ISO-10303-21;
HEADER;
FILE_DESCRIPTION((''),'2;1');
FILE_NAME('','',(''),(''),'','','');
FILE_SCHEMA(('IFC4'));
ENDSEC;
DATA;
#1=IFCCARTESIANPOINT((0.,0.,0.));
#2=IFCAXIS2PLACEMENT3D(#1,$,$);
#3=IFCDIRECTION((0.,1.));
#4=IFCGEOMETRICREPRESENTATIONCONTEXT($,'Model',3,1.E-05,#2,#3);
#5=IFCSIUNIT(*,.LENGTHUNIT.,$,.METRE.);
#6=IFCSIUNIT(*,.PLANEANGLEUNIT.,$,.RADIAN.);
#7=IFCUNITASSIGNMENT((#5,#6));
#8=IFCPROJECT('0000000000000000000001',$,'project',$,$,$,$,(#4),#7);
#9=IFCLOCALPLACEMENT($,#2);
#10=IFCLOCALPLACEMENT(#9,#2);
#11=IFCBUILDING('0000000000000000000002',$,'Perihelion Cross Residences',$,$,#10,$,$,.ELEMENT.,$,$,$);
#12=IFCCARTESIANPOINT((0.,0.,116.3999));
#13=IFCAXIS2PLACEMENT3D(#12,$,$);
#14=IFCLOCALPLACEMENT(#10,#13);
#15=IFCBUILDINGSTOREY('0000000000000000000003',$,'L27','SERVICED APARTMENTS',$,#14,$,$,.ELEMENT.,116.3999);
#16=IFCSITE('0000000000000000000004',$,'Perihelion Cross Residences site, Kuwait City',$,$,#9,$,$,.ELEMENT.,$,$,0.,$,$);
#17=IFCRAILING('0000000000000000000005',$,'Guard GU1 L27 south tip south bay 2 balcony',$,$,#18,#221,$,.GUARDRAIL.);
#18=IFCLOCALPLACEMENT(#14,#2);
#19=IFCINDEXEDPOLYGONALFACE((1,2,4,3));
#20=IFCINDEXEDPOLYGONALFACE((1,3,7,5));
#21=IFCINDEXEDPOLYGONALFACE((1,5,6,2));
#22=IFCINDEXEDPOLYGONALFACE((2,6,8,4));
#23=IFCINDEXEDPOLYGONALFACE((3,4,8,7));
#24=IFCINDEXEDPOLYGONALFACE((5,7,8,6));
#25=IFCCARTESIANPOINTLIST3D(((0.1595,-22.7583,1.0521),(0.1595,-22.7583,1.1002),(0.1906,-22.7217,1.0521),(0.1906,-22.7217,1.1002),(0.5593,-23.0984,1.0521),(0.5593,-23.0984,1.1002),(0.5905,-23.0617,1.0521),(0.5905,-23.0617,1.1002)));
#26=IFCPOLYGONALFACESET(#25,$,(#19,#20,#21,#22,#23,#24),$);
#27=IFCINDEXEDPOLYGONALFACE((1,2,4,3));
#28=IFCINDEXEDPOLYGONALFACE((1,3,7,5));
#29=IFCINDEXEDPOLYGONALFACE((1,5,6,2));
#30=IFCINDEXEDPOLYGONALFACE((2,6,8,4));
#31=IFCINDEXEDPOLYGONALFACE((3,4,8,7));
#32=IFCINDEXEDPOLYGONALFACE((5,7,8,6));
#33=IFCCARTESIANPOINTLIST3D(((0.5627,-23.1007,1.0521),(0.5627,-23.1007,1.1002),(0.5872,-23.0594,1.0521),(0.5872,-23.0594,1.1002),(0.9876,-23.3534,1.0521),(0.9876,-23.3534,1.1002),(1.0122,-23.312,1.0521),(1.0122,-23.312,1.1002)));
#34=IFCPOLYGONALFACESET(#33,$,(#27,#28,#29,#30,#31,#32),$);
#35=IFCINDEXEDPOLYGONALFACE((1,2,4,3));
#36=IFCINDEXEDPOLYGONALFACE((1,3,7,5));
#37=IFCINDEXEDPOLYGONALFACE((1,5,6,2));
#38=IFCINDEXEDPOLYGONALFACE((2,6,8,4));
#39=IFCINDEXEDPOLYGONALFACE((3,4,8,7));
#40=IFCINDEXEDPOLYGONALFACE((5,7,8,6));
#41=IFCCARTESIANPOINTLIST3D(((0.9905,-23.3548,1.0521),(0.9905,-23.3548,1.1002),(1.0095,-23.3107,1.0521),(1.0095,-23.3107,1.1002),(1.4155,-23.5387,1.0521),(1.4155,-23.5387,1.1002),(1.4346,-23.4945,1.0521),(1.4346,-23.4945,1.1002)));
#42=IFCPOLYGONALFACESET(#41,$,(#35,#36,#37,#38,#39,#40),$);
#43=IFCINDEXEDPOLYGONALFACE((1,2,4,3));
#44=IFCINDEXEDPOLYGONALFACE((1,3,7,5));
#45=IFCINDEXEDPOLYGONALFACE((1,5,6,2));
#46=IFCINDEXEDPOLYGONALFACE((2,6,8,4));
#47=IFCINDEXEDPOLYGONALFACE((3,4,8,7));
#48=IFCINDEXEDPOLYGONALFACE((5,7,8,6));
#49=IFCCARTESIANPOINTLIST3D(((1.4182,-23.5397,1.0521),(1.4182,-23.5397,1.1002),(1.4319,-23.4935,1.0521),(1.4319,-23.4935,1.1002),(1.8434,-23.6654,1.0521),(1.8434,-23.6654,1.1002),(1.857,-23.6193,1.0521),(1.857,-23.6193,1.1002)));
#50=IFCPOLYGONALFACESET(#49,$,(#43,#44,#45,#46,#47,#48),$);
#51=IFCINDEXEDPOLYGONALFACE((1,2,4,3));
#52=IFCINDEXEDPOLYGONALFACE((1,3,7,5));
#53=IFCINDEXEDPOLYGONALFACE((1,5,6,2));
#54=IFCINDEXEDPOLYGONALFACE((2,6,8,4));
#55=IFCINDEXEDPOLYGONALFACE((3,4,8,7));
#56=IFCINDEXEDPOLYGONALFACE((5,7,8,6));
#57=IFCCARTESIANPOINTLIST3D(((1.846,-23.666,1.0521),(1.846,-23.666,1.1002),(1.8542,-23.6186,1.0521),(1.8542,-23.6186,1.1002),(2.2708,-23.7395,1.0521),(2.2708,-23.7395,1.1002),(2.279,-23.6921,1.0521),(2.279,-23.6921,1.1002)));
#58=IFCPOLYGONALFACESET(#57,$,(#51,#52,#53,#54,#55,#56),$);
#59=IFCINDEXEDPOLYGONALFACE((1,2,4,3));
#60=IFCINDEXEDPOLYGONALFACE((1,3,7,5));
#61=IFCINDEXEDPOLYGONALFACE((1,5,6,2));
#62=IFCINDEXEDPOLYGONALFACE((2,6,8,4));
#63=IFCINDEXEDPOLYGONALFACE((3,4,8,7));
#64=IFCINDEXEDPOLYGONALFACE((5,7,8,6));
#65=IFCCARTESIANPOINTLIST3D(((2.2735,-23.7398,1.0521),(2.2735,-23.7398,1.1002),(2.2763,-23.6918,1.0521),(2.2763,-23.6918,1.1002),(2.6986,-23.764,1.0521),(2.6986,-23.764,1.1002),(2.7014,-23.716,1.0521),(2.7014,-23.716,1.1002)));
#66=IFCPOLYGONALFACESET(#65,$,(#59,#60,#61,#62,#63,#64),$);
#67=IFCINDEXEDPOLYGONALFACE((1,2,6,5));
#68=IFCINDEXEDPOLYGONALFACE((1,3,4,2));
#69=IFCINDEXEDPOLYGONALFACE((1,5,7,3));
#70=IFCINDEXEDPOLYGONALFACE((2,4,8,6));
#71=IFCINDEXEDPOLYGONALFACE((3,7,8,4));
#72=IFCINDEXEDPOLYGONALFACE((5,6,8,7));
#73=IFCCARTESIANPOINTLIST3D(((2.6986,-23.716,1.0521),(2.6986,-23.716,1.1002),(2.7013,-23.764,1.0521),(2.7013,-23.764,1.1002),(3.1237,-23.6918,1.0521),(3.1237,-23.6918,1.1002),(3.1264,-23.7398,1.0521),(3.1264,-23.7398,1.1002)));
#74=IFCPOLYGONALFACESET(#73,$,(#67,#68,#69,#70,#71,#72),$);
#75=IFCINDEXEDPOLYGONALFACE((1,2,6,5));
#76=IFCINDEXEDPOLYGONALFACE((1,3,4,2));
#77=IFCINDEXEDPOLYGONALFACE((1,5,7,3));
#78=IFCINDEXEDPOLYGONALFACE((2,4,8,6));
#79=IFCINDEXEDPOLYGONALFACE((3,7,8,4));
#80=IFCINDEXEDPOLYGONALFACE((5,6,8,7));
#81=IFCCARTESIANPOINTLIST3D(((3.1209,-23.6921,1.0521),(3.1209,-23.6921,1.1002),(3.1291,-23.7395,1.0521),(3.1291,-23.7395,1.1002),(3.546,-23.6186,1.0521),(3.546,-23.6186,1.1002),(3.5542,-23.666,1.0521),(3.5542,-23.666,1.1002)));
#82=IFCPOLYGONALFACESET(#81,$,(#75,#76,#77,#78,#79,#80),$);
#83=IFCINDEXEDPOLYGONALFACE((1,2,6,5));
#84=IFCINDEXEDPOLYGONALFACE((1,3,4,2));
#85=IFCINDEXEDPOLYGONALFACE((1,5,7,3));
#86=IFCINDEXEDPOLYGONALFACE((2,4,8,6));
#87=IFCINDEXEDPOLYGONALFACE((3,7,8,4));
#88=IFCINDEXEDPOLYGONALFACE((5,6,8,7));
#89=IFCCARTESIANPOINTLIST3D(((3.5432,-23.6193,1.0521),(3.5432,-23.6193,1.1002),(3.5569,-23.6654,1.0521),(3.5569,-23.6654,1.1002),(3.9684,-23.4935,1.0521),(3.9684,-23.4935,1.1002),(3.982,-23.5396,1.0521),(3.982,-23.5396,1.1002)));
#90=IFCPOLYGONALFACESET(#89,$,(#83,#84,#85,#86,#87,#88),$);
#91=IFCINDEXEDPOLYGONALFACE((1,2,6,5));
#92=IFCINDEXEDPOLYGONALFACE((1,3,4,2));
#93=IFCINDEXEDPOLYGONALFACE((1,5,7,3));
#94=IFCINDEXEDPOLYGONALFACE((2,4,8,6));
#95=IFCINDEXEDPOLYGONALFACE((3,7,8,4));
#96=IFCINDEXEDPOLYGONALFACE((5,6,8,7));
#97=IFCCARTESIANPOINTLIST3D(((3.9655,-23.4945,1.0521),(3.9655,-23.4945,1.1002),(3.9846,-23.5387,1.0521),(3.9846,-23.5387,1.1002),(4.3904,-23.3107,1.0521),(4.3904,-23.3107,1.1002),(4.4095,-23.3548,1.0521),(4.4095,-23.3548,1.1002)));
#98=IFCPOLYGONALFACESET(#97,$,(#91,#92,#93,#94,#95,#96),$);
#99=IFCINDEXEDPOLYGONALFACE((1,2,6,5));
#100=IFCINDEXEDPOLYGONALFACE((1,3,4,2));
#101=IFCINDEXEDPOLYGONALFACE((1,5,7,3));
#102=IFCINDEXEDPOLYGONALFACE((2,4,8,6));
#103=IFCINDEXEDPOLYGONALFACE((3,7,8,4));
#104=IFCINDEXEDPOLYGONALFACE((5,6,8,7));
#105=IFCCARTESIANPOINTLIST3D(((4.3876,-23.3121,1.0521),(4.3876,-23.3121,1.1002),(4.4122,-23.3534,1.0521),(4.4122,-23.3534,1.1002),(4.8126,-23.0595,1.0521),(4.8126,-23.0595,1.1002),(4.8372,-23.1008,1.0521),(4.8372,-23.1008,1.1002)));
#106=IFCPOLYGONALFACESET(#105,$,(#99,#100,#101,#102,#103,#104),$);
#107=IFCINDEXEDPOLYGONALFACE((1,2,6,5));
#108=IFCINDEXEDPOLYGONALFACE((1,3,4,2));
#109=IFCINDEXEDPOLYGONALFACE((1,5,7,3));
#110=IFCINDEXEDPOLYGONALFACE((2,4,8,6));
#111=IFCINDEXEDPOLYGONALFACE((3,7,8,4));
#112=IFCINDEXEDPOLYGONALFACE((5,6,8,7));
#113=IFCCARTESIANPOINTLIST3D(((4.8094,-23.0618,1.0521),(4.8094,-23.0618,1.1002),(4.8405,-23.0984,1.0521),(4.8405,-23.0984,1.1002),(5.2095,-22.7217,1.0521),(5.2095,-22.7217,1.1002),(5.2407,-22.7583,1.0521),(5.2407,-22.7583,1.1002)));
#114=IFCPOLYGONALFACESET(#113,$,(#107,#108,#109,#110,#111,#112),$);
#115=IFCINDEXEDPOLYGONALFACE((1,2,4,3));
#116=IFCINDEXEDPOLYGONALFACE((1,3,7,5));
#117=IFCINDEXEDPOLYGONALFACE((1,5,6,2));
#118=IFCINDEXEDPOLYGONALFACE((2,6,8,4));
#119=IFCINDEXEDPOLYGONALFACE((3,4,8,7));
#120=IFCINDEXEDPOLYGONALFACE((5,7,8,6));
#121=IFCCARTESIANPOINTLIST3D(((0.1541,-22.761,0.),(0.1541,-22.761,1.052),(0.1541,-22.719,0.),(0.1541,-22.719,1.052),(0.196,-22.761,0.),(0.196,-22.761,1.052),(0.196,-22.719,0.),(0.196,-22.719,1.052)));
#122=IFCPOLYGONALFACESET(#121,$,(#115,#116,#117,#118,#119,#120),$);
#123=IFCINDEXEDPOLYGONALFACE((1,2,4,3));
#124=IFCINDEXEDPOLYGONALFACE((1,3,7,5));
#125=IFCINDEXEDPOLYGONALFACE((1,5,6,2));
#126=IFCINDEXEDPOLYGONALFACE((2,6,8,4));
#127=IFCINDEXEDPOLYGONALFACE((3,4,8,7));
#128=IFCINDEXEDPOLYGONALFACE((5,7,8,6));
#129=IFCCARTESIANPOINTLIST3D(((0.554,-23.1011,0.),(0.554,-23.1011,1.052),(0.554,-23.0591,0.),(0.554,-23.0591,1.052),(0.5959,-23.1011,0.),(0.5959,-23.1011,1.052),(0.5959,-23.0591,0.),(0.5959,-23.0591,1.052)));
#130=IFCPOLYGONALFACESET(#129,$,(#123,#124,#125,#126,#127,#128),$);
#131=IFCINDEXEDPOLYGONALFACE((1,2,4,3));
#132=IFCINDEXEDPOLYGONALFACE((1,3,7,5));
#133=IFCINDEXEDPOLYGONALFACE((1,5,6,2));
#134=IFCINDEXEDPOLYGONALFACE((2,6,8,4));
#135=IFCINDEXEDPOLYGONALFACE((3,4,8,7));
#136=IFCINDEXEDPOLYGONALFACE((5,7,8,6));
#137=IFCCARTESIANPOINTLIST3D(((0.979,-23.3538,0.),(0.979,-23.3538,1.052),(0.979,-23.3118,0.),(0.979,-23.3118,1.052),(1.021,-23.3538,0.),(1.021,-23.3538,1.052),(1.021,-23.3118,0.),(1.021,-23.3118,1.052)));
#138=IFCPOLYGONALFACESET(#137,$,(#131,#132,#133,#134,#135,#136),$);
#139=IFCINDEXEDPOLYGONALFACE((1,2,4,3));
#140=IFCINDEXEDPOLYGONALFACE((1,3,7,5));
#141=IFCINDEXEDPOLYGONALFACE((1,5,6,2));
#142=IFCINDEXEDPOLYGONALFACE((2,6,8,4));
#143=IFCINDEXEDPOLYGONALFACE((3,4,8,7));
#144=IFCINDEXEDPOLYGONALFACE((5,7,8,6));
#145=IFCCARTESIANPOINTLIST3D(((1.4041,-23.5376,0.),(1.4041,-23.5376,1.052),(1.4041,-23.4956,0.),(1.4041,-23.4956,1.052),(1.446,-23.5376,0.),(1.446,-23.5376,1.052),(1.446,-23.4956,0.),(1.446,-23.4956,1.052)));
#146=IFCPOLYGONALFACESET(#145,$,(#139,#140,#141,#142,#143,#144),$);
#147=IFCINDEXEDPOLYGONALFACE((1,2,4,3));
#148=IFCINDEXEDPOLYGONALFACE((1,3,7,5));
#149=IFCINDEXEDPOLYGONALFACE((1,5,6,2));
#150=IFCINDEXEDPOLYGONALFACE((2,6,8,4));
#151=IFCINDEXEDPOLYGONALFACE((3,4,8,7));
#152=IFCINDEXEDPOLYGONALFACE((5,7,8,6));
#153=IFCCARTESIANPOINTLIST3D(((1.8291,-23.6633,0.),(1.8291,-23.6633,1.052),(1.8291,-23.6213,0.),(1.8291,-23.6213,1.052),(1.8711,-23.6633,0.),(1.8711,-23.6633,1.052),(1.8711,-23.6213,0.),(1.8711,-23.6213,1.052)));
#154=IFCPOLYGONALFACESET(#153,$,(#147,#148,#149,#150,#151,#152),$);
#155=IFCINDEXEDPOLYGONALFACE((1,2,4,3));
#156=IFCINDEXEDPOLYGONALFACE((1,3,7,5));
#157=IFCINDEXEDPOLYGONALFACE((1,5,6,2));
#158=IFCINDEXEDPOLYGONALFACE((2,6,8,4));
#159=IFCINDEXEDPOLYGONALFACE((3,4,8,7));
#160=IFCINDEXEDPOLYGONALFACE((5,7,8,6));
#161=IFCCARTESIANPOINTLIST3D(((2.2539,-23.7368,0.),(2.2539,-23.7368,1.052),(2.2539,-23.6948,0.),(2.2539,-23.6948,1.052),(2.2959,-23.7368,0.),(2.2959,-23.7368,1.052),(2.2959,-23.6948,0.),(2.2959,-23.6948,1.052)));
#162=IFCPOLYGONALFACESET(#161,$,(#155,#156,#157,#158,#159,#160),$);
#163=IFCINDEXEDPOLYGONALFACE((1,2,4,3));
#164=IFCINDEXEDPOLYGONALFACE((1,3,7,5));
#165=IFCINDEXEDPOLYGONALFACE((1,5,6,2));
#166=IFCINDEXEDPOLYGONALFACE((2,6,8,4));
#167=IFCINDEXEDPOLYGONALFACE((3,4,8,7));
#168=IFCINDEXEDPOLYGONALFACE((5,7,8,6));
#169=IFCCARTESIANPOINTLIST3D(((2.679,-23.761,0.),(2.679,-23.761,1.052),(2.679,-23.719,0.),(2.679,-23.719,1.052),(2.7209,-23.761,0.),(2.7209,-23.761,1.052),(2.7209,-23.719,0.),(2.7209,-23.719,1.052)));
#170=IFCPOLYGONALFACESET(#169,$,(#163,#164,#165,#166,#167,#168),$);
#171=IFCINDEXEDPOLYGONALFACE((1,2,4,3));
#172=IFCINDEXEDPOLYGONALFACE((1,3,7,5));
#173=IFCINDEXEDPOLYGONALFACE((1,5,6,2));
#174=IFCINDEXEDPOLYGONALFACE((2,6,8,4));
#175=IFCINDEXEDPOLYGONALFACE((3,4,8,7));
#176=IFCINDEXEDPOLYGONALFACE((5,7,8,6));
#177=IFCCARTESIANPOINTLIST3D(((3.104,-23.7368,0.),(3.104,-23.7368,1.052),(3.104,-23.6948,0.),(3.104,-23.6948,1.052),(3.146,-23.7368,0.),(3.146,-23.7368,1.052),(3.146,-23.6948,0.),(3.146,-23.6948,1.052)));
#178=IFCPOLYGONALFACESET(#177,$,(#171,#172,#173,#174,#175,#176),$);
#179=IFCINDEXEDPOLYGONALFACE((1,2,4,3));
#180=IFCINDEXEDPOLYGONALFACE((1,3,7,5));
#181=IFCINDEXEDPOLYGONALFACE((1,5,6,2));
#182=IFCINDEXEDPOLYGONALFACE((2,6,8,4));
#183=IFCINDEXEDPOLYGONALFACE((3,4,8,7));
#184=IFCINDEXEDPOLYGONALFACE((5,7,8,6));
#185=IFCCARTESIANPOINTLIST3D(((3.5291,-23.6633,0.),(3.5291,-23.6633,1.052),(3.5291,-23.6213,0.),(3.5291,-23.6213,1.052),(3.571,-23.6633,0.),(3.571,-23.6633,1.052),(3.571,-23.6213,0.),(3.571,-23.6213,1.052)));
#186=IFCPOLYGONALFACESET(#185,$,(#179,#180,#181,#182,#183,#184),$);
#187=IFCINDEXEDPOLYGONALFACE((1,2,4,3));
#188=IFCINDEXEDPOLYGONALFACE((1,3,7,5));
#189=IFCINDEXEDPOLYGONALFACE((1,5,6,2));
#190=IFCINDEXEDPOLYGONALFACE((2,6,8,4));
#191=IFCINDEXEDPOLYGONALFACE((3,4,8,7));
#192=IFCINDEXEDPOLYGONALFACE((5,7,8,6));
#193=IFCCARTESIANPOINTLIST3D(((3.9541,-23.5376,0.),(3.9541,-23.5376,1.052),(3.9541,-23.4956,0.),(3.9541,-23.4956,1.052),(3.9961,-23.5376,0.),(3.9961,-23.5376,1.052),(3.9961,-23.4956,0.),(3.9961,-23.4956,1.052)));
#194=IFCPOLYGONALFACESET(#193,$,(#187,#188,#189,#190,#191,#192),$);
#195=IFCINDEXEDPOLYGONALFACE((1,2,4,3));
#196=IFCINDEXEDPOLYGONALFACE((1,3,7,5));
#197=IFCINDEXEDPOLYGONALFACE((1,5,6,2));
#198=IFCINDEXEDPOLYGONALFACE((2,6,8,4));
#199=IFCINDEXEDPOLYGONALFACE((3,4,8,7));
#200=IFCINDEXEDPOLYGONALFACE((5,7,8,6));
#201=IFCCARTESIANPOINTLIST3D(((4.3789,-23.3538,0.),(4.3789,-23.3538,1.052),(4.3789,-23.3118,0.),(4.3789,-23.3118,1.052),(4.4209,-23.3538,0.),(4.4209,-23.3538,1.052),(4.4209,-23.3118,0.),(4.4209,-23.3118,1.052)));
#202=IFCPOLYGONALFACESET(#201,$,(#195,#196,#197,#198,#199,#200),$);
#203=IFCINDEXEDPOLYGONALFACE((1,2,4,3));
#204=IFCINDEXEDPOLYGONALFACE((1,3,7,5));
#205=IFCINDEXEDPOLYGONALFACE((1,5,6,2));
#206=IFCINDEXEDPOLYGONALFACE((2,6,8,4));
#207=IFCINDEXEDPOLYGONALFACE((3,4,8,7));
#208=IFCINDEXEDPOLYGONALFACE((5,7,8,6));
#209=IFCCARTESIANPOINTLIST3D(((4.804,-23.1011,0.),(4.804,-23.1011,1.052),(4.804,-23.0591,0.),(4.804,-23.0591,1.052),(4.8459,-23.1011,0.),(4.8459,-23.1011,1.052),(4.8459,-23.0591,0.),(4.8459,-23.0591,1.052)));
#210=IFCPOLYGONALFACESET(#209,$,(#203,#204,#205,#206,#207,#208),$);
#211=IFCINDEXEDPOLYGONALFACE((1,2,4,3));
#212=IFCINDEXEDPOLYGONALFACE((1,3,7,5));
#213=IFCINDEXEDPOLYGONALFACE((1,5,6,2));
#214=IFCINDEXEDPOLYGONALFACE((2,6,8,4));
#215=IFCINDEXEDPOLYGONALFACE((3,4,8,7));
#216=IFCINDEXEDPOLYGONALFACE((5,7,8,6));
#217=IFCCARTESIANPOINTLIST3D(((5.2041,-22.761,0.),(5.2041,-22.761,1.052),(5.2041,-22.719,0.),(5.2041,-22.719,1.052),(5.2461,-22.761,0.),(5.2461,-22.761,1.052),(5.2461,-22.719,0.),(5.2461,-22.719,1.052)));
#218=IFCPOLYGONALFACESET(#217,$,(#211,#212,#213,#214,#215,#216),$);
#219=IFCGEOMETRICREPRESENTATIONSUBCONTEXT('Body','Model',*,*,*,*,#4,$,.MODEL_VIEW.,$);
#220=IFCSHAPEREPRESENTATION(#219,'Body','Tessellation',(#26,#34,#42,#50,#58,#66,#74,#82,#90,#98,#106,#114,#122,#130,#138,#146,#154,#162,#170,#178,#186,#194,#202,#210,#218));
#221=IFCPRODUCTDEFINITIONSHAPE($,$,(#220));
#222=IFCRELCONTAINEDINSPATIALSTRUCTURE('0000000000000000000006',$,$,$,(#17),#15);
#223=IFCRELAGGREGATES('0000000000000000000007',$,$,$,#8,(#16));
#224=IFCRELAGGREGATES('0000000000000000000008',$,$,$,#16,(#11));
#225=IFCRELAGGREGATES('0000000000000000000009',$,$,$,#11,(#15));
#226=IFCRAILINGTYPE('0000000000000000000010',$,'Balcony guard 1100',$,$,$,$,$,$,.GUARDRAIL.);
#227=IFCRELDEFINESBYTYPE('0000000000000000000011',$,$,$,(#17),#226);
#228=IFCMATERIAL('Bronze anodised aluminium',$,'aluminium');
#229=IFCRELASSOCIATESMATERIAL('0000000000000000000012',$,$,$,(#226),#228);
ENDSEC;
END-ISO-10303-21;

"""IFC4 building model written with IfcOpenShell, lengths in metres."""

from ifc_helpers import new_model, si_unit, direction, frame, origin, origin_2d, place, context, subcontext, project, spatial, rectangle, extrude, material, type_object, element, save


model = new_model("IFC4")

# Units and contexts
model_context = context("Model", 3, precision=1e-05, world=origin(), true_north=direction((0.0, 1.0)))
body_context = subcontext(model_context, "Body", "Model", "MODEL_VIEW")
ifc_project = project(units=[si_unit("LENGTHUNIT", "METRE"), si_unit("PLANEANGLEUNIT", "RADIAN")], contexts=[model_context])

# Site, building, storey
site_placement = place(None, origin())
site = spatial("IfcSite", under=ifc_project, at=site_placement, Name="Perihelion Cross Residences site, Kuwait City", CompositionType="ELEMENT", RefElevation=0.0)
building_placement = place(site_placement, origin())
building = spatial("IfcBuilding", under=site, at=building_placement, Name="Perihelion Cross Residences", CompositionType="ELEMENT")
storey_placement = place(building_placement, frame((0.0, 0.0, 116.3999)))
storey = spatial("IfcBuildingStorey", under=building, at=storey_placement, Name="L27", Description="SERVICED APARTMENTS", CompositionType="ELEMENT", Elevation=116.3999)

# Railing
ifc_material_1 = material(Name="Bronze anodised aluminium", Category="aluminium")
railing_type = type_object("IfcRailingType", Name="Balcony guard 1100", PredefinedType="GUARDRAIL", material=ifc_material_1)
railing_placement = place(storey_placement, frame((0.175, -22.74, 0.0)))
element("IfcRailing", 1, at=railing_placement, inside=storey, type_object=railing_type, Name="Guard GU1 L27 south tip south bay 2 balcony", PredefinedType="GUARDRAIL", context=body_context, shape_type="SweptSolid", body=[
    extrude(rectangle(XDim=0.0481, YDim=0.0481, at=origin_2d()), frame((0.0, 0.0, 1.0762), z_axis=(0.761779, -0.647837, 0.0), x_axis=(0.647837, 0.761779, 0.0)), (0.0, 0.0, 1.0), 0.5249),
    extrude(rectangle(XDim=0.0481, YDim=0.0481, at=origin_2d()), frame((0.3999, -0.3401, 1.0762), z_axis=(0.859577, -0.511006, 0.0), x_axis=(0.511006, 0.859577, 0.0)), (0.0, 0.0, 1.0), 0.4944),
    extrude(rectangle(XDim=0.0481, YDim=0.0481, at=origin_2d()), frame((0.825, -0.5928, 1.0762), z_axis=(0.917831, -0.396971, 0.0), x_axis=(0.396971, 0.917831, 0.0)), (0.0, 0.0, 1.0), 0.4631),
    extrude(rectangle(XDim=0.0481, YDim=0.0481, at=origin_2d()), frame((1.25, -0.7766, 1.0762), z_axis=(0.958926, -0.283657, 0.0), x_axis=(0.283657, 0.958926, 0.0)), (0.0, 0.0, 1.0), 0.4434),
    extrude(rectangle(XDim=0.0481, YDim=0.0481, at=origin_2d()), frame((1.675, -0.9023, 1.0762), z_axis=(0.985365, -0.170457, 0.0), x_axis=(0.170457, 0.985365, 0.0)), (0.0, 0.0, 1.0), 0.4312),
    extrude(rectangle(XDim=0.0481, YDim=0.0481, at=origin_2d()), frame((2.0999, -0.9758, 1.0762), z_axis=(0.998387, -0.056772, 0.0), x_axis=(0.056772, 0.998387, 0.0)), (0.0, 0.0, 1.0), 0.4258),
    extrude(rectangle(XDim=0.0481, YDim=0.0481, at=origin_2d()), frame((2.5249, -1.0, 1.0762), z_axis=(0.998387, 0.056772, 0.0), x_axis=(-0.056772, 0.998387, 0.0)), (0.0, 0.0, 1.0), 0.4258),
    extrude(rectangle(XDim=0.0481, YDim=0.0481, at=origin_2d()), frame((2.95, -0.9758, 1.0762), z_axis=(0.985382, 0.170362, 0.0), x_axis=(-0.170362, 0.985382, 0.0)), (0.0, 0.0, 1.0), 0.4314),
    extrude(rectangle(XDim=0.0481, YDim=0.0481, at=origin_2d()), frame((3.375, -0.9023, 1.0762), z_axis=(0.958926, 0.283657, 0.0), x_axis=(-0.283657, 0.958926, 0.0)), (0.0, 0.0, 1.0), 0.4434),
    extrude(rectangle(XDim=0.0481, YDim=0.0481, at=origin_2d()), frame((3.8, -0.7766, 1.0762), z_axis=(0.917748, 0.397163, 0.0), x_axis=(-0.397163, 0.917748, 0.0)), (0.0, 0.0, 1.0), 0.4629),
    extrude(rectangle(XDim=0.0481, YDim=0.0481, at=origin_2d()), frame((4.2249, -0.5928, 1.0762), z_axis=(0.859577, 0.511006, 0.0), x_axis=(-0.511006, 0.859577, 0.0)), (0.0, 0.0, 1.0), 0.4944),
    extrude(rectangle(XDim=0.0481, YDim=0.0481, at=origin_2d()), frame((4.6499, -0.3401, 1.0762), z_axis=(0.761974, 0.647608, 0.0), x_axis=(-0.647608, 0.761974, 0.0)), (0.0, 0.0, 1.0), 0.5251),
    extrude(rectangle(XDim=0.042, YDim=0.042, at=origin_2d()), origin(), (0.0, 0.0, 1.0), 1.052),
    extrude(rectangle(XDim=0.042, YDim=0.042, at=origin_2d()), frame((0.3999, -0.3401, 0.0)), (0.0, 0.0, 1.0), 1.052),
    extrude(rectangle(XDim=0.042, YDim=0.042, at=origin_2d()), frame((0.825, -0.5928, 0.0)), (0.0, 0.0, 1.0), 1.052),
    extrude(rectangle(XDim=0.042, YDim=0.042, at=origin_2d()), frame((1.25, -0.7766, 0.0)), (0.0, 0.0, 1.0), 1.052),
    extrude(rectangle(XDim=0.042, YDim=0.042, at=origin_2d()), frame((1.675, -0.9023, 0.0)), (0.0, 0.0, 1.0), 1.052),
    extrude(rectangle(XDim=0.042, YDim=0.042, at=origin_2d()), frame((2.0999, -0.9758, 0.0)), (0.0, 0.0, 1.0), 1.052),
    extrude(rectangle(XDim=0.042, YDim=0.042, at=origin_2d()), frame((2.5249, -1.0, 0.0)), (0.0, 0.0, 1.0), 1.052),
    extrude(rectangle(XDim=0.042, YDim=0.042, at=origin_2d()), frame((2.95, -0.9758, 0.0)), (0.0, 0.0, 1.0), 1.052),
    extrude(rectangle(XDim=0.042, YDim=0.042, at=origin_2d()), frame((3.375, -0.9023, 0.0)), (0.0, 0.0, 1.0), 1.052),
    extrude(rectangle(XDim=0.042, YDim=0.042, at=origin_2d()), frame((3.8, -0.7766, 0.0)), (0.0, 0.0, 1.0), 1.052),
    extrude(rectangle(XDim=0.042, YDim=0.042, at=origin_2d()), frame((4.2249, -0.5928, 0.0)), (0.0, 0.0, 1.0), 1.052),
    extrude(rectangle(XDim=0.042, YDim=0.042, at=origin_2d()), frame((4.6499, -0.3401, 0.0)), (0.0, 0.0, 1.0), 1.052),
    extrude(rectangle(XDim=0.042, YDim=0.042, at=origin_2d()), frame((5.05, 0.0, 0.0)), (0.0, 0.0, 1.0), 1.052),
])

save(model, "model.ifc")
